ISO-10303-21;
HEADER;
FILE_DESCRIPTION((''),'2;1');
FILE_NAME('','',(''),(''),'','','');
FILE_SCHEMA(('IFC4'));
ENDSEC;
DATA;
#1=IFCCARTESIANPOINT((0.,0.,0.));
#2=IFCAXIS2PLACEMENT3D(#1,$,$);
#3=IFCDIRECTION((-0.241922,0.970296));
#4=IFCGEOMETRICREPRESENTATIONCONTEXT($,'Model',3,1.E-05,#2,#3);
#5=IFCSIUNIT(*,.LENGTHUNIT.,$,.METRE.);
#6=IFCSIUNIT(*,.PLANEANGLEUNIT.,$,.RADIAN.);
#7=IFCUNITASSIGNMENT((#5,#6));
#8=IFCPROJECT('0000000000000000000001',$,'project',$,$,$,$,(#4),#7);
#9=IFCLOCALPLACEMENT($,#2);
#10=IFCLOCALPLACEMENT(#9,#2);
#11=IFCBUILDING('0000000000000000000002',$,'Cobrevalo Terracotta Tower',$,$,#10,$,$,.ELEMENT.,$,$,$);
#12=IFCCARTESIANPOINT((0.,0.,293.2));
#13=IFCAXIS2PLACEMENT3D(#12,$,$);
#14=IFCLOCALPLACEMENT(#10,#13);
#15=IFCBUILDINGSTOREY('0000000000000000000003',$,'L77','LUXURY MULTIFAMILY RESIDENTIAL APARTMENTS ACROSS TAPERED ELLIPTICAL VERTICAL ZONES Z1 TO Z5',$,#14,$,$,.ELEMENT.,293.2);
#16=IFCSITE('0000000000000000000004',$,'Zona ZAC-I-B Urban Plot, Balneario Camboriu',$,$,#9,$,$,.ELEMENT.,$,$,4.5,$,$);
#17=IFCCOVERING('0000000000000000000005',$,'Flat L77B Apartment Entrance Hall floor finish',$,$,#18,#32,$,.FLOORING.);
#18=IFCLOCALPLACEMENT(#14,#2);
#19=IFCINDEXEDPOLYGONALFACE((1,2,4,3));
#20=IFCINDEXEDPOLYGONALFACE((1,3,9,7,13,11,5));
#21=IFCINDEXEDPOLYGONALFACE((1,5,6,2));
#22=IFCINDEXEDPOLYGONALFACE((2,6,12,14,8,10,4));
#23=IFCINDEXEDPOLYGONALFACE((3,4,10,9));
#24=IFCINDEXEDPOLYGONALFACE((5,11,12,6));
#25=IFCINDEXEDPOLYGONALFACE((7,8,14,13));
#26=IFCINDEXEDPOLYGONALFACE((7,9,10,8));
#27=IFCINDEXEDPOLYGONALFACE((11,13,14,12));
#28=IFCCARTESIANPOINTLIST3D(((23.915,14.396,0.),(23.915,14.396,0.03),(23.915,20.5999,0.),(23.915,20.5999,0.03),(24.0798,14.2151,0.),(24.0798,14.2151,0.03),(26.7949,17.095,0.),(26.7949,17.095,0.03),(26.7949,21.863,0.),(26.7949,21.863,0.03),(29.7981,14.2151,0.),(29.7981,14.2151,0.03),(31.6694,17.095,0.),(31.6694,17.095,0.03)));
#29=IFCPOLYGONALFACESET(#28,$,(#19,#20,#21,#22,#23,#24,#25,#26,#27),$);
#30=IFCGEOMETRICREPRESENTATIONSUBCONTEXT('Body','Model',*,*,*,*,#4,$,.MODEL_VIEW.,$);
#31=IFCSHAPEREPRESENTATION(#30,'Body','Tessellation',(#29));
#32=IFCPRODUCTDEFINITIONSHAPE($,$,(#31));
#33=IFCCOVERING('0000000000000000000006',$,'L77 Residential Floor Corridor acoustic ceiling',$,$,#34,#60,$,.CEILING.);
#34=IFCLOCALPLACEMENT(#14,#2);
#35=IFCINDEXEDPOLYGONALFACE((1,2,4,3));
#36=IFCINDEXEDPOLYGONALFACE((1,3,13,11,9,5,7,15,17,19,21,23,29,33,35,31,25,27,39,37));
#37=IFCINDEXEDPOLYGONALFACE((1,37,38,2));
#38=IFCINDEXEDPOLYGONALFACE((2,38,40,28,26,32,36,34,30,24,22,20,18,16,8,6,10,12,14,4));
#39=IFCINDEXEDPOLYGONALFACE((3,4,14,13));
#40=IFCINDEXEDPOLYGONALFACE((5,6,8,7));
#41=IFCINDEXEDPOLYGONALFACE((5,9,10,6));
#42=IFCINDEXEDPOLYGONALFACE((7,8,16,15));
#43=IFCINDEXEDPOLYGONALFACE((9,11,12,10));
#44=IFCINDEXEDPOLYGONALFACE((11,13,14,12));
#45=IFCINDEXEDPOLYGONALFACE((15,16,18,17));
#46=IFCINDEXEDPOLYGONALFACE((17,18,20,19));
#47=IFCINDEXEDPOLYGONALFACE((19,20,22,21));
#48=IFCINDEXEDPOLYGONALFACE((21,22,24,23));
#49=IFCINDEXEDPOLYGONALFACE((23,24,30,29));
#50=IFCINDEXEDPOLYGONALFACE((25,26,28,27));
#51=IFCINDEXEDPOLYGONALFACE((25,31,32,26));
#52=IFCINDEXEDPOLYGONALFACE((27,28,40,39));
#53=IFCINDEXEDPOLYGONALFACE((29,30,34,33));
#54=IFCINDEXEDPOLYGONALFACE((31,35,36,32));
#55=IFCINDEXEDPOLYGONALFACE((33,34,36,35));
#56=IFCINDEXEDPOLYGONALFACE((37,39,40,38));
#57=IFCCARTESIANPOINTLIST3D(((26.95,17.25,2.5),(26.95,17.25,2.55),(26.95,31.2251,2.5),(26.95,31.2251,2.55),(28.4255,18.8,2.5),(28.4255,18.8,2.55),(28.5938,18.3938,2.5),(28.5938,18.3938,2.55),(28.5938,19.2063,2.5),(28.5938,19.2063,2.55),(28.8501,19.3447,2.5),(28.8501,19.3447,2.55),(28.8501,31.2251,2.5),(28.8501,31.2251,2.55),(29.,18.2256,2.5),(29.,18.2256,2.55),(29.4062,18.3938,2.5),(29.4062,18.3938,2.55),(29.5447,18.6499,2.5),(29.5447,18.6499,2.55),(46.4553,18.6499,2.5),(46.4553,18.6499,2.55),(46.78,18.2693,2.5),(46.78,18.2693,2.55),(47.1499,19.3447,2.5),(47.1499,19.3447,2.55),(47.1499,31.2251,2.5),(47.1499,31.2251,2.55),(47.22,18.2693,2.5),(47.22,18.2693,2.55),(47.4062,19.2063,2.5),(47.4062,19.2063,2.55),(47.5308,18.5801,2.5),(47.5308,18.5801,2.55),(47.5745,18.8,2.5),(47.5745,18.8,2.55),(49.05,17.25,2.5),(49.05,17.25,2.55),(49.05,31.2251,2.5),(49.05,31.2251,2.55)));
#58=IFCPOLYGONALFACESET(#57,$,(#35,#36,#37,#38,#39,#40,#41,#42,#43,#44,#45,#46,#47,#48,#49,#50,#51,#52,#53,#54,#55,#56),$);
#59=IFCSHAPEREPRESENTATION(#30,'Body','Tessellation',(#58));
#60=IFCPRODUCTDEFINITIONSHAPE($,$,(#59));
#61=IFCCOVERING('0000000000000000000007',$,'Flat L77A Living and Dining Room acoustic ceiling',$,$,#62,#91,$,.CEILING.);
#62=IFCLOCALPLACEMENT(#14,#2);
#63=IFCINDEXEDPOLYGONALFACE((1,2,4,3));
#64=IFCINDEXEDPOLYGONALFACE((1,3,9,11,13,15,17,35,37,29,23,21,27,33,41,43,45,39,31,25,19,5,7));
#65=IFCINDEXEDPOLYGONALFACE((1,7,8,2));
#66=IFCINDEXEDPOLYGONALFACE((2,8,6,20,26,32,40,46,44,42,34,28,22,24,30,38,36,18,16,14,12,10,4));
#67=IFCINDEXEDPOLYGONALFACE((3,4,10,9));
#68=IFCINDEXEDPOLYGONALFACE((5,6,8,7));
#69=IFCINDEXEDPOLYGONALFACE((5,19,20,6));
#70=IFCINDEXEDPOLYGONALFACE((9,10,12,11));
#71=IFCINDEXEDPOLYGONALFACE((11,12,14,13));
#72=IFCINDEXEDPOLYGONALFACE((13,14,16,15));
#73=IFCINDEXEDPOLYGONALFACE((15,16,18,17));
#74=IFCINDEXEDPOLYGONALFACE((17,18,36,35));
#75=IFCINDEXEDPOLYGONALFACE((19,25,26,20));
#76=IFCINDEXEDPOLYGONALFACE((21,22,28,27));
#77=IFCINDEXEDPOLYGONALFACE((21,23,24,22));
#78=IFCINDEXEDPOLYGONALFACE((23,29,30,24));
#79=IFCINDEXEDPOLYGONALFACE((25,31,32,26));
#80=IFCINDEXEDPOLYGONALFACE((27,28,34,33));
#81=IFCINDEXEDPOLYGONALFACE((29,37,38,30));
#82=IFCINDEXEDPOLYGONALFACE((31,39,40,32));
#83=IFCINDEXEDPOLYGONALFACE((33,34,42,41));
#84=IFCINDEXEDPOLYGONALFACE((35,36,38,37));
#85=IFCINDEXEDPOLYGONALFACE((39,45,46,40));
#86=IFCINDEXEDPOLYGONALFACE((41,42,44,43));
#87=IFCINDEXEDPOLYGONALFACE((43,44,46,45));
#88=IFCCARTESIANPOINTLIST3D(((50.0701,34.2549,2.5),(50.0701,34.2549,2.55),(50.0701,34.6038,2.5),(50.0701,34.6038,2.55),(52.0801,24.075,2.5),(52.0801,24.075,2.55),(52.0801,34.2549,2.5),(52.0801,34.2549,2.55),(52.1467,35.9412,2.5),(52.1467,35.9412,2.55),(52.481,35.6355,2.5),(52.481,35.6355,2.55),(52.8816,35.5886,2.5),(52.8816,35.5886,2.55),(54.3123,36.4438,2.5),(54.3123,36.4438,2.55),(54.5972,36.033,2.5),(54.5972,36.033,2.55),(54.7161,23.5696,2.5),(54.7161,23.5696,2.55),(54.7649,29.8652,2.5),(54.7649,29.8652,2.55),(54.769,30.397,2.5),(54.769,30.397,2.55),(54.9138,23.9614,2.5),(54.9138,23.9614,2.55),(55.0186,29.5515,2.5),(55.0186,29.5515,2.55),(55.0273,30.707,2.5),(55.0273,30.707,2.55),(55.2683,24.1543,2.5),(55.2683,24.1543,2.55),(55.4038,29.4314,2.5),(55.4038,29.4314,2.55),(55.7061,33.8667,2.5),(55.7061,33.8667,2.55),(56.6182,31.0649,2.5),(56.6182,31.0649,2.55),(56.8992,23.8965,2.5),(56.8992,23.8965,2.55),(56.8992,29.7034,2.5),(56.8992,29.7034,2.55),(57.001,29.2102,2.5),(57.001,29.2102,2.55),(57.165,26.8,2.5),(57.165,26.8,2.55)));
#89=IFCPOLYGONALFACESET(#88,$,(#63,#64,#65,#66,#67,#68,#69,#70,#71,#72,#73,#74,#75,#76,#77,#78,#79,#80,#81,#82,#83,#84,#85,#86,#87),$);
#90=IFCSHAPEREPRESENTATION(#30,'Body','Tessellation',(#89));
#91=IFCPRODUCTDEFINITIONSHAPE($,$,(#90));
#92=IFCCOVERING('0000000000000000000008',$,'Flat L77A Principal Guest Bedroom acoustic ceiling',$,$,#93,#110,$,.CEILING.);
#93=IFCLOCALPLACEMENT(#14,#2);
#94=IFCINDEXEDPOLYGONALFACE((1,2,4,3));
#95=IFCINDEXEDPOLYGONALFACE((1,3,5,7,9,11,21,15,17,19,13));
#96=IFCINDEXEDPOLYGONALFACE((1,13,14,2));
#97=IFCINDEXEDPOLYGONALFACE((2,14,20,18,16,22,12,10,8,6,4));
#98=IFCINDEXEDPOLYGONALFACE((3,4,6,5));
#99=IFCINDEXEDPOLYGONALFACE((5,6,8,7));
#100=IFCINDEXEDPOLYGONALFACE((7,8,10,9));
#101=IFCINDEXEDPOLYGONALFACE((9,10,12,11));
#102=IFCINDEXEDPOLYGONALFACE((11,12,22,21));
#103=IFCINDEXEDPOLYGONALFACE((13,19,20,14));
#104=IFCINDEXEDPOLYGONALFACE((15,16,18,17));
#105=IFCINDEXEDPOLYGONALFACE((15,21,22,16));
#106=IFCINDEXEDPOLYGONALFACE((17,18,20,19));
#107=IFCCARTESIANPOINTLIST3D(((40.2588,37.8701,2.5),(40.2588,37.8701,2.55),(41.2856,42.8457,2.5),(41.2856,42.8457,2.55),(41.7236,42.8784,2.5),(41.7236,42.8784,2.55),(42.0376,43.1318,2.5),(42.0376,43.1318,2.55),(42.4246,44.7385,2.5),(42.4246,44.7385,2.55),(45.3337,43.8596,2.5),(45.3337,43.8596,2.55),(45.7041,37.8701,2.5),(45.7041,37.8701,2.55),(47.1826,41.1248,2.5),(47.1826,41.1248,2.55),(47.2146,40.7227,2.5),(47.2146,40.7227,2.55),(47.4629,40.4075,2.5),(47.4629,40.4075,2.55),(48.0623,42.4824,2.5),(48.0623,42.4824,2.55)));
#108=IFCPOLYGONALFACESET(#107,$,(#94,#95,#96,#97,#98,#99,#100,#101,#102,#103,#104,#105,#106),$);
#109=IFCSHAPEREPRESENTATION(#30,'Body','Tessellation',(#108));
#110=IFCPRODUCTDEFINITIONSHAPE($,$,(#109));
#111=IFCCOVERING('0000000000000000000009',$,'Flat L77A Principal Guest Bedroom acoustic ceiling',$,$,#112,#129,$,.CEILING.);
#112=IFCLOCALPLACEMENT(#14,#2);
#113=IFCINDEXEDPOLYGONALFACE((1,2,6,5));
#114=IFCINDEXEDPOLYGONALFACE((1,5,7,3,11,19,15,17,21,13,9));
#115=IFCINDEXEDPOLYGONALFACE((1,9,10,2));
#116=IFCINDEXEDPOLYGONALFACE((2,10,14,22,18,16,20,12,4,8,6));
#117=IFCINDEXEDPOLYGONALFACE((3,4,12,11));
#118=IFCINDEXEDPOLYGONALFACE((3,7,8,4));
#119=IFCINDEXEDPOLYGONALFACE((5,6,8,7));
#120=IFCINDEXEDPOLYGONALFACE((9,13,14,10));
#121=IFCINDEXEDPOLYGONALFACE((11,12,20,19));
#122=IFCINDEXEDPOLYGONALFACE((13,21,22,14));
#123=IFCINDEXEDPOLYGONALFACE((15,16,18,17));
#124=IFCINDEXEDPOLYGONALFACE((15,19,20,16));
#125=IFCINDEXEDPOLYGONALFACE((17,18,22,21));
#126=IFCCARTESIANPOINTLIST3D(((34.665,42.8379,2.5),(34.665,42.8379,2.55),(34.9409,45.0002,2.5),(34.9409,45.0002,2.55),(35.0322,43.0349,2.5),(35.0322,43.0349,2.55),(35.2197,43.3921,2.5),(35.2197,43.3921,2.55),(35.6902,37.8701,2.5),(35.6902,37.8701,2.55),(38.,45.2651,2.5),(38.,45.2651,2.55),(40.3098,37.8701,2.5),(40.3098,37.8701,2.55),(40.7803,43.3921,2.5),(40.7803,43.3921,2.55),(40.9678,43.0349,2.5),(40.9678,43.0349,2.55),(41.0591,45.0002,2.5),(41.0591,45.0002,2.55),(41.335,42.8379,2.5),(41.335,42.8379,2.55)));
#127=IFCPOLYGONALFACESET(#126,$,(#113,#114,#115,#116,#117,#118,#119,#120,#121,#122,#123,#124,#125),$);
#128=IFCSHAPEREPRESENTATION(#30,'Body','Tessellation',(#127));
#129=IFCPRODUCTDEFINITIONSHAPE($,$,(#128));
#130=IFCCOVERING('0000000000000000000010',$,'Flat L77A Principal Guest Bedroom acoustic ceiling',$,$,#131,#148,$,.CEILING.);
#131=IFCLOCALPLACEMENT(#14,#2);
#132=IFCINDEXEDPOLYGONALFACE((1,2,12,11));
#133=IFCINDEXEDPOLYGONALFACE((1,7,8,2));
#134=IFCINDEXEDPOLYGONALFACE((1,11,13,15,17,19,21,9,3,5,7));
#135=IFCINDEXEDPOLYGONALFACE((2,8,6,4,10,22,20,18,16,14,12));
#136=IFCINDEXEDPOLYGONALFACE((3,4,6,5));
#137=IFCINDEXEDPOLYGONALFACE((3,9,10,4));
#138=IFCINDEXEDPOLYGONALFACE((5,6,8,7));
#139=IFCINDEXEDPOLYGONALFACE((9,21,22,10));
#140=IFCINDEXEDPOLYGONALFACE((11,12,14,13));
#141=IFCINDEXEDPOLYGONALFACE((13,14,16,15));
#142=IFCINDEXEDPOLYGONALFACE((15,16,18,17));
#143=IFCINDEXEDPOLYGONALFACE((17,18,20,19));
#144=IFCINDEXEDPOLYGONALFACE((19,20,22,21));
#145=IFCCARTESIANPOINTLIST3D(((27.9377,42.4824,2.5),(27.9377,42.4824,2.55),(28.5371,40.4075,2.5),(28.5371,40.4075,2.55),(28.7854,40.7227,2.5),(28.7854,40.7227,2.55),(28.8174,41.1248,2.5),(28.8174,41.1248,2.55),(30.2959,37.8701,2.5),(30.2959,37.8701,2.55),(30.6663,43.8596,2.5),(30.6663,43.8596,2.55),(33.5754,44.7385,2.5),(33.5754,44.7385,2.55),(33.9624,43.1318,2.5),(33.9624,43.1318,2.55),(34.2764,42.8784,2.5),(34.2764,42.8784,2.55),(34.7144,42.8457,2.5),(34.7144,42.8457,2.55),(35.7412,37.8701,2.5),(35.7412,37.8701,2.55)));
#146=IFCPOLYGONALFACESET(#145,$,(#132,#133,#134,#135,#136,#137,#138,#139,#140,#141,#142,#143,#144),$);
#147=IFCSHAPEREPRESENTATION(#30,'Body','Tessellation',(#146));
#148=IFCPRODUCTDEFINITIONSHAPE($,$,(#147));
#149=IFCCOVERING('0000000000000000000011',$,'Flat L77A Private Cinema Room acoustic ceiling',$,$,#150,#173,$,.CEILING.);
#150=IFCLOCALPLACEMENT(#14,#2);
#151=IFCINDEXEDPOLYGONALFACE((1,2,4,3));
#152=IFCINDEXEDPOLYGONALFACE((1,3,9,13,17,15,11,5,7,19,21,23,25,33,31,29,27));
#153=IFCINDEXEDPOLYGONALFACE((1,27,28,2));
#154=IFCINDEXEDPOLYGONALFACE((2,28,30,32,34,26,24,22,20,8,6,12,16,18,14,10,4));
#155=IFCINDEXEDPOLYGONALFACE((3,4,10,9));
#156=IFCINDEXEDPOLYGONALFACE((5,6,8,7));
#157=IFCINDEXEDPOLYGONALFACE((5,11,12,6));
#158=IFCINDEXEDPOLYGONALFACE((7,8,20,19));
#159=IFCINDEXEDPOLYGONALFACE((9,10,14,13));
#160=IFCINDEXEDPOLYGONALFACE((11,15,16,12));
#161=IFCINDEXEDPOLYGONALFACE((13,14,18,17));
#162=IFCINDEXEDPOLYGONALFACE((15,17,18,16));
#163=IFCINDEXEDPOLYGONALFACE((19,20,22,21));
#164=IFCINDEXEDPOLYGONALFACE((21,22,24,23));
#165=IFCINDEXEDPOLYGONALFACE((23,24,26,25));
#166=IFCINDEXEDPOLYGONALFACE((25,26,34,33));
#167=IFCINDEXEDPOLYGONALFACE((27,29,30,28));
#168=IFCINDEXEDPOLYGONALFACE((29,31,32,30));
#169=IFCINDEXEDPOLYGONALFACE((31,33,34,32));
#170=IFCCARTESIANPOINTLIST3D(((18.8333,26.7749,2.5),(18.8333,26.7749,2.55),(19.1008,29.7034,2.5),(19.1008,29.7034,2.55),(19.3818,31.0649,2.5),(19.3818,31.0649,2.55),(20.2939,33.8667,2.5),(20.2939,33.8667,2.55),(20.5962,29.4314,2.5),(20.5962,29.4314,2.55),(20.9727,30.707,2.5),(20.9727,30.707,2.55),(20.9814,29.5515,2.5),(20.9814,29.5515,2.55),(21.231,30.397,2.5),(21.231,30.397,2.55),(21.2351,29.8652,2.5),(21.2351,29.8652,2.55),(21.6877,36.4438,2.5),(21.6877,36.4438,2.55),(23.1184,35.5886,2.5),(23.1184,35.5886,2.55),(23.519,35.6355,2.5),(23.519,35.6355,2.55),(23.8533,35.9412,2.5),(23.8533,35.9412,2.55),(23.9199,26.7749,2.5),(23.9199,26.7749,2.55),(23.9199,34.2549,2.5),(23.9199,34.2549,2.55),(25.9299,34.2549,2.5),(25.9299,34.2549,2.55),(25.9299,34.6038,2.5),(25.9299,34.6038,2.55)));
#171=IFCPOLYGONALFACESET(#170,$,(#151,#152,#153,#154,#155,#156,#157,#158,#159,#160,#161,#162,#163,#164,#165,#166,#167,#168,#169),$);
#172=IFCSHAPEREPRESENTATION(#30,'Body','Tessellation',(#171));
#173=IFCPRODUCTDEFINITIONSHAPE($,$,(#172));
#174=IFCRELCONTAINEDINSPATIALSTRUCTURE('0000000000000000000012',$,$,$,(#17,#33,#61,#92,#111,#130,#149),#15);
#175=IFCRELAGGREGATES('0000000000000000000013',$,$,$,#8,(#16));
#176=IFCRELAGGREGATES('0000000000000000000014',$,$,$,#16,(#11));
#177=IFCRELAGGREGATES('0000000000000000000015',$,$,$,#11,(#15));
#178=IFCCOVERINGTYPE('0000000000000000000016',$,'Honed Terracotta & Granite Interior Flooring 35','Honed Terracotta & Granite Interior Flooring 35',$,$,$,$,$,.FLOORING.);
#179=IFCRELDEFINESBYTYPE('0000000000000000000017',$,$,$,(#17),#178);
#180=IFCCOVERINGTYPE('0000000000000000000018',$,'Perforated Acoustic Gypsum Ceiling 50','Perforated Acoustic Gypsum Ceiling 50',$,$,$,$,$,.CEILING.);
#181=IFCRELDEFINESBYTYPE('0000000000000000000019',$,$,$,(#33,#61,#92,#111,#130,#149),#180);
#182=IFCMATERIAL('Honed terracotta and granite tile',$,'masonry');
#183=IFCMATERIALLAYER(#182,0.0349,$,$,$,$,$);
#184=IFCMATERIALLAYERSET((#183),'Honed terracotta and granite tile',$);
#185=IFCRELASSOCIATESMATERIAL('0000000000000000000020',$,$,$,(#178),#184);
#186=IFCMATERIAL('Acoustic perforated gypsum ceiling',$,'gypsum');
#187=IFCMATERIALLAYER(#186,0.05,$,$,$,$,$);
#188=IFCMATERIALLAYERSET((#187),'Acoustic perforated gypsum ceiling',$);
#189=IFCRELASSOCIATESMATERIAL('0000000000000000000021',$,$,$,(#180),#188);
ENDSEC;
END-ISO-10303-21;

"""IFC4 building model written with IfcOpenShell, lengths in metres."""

from ifc_helpers import new_model, si_unit, direction, frame, origin, place, context, subcontext, project, spatial, polyline, outline, extrude, material, layer, layer_set, type_object, element, save


model = new_model("IFC4")

# Units and contexts
model_context = context("Model", 3, precision=1e-05, world=origin(), true_north=direction((-0.241922, 0.970296)))
body_context = subcontext(model_context, "Body", "Model", "MODEL_VIEW")
ifc_project = project(units=[si_unit("LENGTHUNIT", "METRE"), si_unit("PLANEANGLEUNIT", "RADIAN")], contexts=[model_context])

# Site, building, storey
site_placement = place(None, origin())
site = spatial("IfcSite", under=ifc_project, at=site_placement, Name="Zona ZAC-I-B Urban Plot, Balneario Camboriu", CompositionType="ELEMENT", RefElevation=4.5)
building_placement = place(site_placement, origin())
building = spatial("IfcBuilding", under=site, at=building_placement, Name="Cobrevalo Terracotta Tower", CompositionType="ELEMENT")
storey_placement = place(building_placement, frame((0.0, 0.0, 293.2)))
storey = spatial("IfcBuildingStorey", under=building, at=storey_placement, Name="L77", Description="LUXURY MULTIFAMILY RESIDENTIAL APARTMENTS ACROSS TAPERED ELLIPTICAL VERTICAL ZONES Z1 TO Z5", CompositionType="ELEMENT", Elevation=293.2)

# Coverings
ifc_material_1 = material(Name="Honed terracotta and granite tile", Category="masonry")
ifc_layer_1 = layer(ifc_material_1, 0.0349)
ifc_layer_set_1 = layer_set([ifc_layer_1], Name="Honed terracotta and granite tile")
covering_type_1 = type_object("IfcCoveringType", Name="Honed Terracotta & Granite Interior Flooring 35", Description="Honed Terracotta & Granite Interior Flooring 35", PredefinedType="FLOORING", material=ifc_layer_set_1)
covering_1_placement = place(storey_placement, origin())
element("IfcCovering", 1, at=covering_1_placement, inside=storey, type_object=covering_type_1, Name="Flat L77B Apartment Entrance Hall floor finish", PredefinedType="FLOORING", context=body_context, shape_type="SweptSolid", body=[
    extrude(outline(polyline([(23.915, 14.396), (23.915, 20.5999), (26.7949, 21.863), (26.7949, 17.095), (31.6694, 17.095), (29.7981, 14.2151), (24.0798, 14.2151), (23.915, 14.396)])), origin(), (0.0, 0.0, 1.0), 0.03),
])
ifc_material_2 = material(Name="Acoustic perforated gypsum ceiling", Category="gypsum")
ifc_layer_2 = layer(ifc_material_2, 0.05)
ifc_layer_set_2 = layer_set([ifc_layer_2], Name="Acoustic perforated gypsum ceiling")
covering_type_2 = type_object("IfcCoveringType", Name="Perforated Acoustic Gypsum Ceiling 50", Description="Perforated Acoustic Gypsum Ceiling 50", PredefinedType="CEILING", material=ifc_layer_set_2)
covering_2_placement = place(storey_placement, frame((0.0, 0.0, 2.5)))
element("IfcCovering", 2, at=covering_2_placement, inside=storey, type_object=covering_type_2, Name="L77 Residential Floor Corridor acoustic ceiling", PredefinedType="CEILING", context=body_context, shape_type="SweptSolid", body=[
    extrude(outline(polyline([(26.95, 31.2251), (28.8501, 31.2251), (28.8501, 19.3447), (28.5938, 19.2063), (28.4255, 18.8), (28.5938, 18.3938), (29.0, 18.2256), (29.4062, 18.3938), (29.5447, 18.6499), (46.4553, 18.6499), (46.78, 18.2693), (47.22, 18.2693), (47.5308, 18.5801), (47.5745, 18.8), (47.4062, 19.2063), (47.1499, 19.3447), (47.1499, 31.2251), (49.05, 31.2251), (49.05, 17.25), (26.95, 17.25), (26.95, 31.2251)])), origin(), (0.0, 0.0, 1.0), 0.05),
])
covering_3_placement = place(storey_placement, frame((0.0, 0.0, 2.5)))
element("IfcCovering", 3, at=covering_3_placement, inside=storey, type_object=covering_type_2, Name="Flat L77A Living and Dining Room acoustic ceiling", PredefinedType="CEILING", context=body_context, shape_type="SweptSolid", body=[
    extrude(outline(polyline([(50.0701, 34.2549), (50.0701, 34.6038), (52.1467, 35.9412), (52.481, 35.6355), (52.8816, 35.5886), (54.3123, 36.4438), (54.5972, 36.033), (55.7061, 33.8667), (56.6182, 31.0649), (55.0273, 30.707), (54.769, 30.397), (54.7649, 29.8652), (55.0186, 29.5515), (55.4038, 29.4314), (56.8992, 29.7034), (57.001, 29.2102), (57.165, 26.8), (56.8992, 23.8965), (55.2683, 24.1543), (54.9138, 23.9614), (54.7161, 23.5696), (52.0801, 24.075), (52.0801, 34.2549), (50.0701, 34.2549)])), origin(), (0.0, 0.0, 1.0), 0.05),
])
covering_4_placement = place(storey_placement, frame((0.0, 0.0, 2.5)))
element("IfcCovering", 4, at=covering_4_placement, inside=storey, type_object=covering_type_2, Name="Flat L77A Principal Guest Bedroom acoustic ceiling", PredefinedType="CEILING", context=body_context, shape_type="SweptSolid", body=[
    extrude(outline(polyline([(41.2856, 42.8457), (41.7236, 42.8784), (42.0376, 43.1318), (42.4246, 44.7385), (45.3337, 43.8596), (48.0623, 42.4824), (47.1826, 41.1248), (47.2146, 40.7227), (47.4629, 40.4075), (45.7041, 37.8701), (40.2588, 37.8701), (41.2856, 42.8457)])), origin(), (0.0, 0.0, 1.0), 0.05),
])
covering_5_placement = place(storey_placement, frame((0.0, 0.0, 2.5)))
element("IfcCovering", 5, at=covering_5_placement, inside=storey, type_object=covering_type_2, Name="Flat L77A Principal Guest Bedroom acoustic ceiling", PredefinedType="CEILING", context=body_context, shape_type="SweptSolid", body=[
    extrude(outline(polyline([(34.665, 42.8379), (35.0322, 43.0349), (35.2197, 43.3921), (34.9409, 45.0002), (38.0, 45.2651), (41.0591, 45.0002), (40.7803, 43.3921), (40.9678, 43.0349), (41.335, 42.8379), (40.3098, 37.8701), (35.6902, 37.8701), (34.665, 42.8379)])), origin(), (0.0, 0.0, 1.0), 0.05),
])
covering_6_placement = place(storey_placement, frame((0.0, 0.0, 2.5)))
element("IfcCovering", 6, at=covering_6_placement, inside=storey, type_object=covering_type_2, Name="Flat L77A Principal Guest Bedroom acoustic ceiling", PredefinedType="CEILING", context=body_context, shape_type="SweptSolid", body=[
    extrude(outline(polyline([(28.5371, 40.4075), (28.7854, 40.7227), (28.8174, 41.1248), (27.9377, 42.4824), (30.6663, 43.8596), (33.5754, 44.7385), (33.9624, 43.1318), (34.2764, 42.8784), (34.7144, 42.8457), (35.7412, 37.8701), (30.2959, 37.8701), (28.5371, 40.4075)])), origin(), (0.0, 0.0, 1.0), 0.05),
])
covering_7_placement = place(storey_placement, frame((0.0, 0.0, 2.5)))
element("IfcCovering", 7, at=covering_7_placement, inside=storey, type_object=covering_type_2, Name="Flat L77A Private Cinema Room acoustic ceiling", PredefinedType="CEILING", context=body_context, shape_type="SweptSolid", body=[
    extrude(outline(polyline([(23.9199, 34.2549), (23.9199, 26.7749), (18.8333, 26.7749), (19.1008, 29.7034), (20.5962, 29.4314), (20.9814, 29.5515), (21.2351, 29.8652), (21.231, 30.397), (20.9727, 30.707), (19.3818, 31.0649), (20.2939, 33.8667), (21.6877, 36.4438), (23.1184, 35.5886), (23.519, 35.6355), (23.8533, 35.9412), (25.9299, 34.6038), (25.9299, 34.2549), (23.9199, 34.2549)])), origin(), (0.0, 0.0, 1.0), 0.05),
])

save(model, "model.ifc")
